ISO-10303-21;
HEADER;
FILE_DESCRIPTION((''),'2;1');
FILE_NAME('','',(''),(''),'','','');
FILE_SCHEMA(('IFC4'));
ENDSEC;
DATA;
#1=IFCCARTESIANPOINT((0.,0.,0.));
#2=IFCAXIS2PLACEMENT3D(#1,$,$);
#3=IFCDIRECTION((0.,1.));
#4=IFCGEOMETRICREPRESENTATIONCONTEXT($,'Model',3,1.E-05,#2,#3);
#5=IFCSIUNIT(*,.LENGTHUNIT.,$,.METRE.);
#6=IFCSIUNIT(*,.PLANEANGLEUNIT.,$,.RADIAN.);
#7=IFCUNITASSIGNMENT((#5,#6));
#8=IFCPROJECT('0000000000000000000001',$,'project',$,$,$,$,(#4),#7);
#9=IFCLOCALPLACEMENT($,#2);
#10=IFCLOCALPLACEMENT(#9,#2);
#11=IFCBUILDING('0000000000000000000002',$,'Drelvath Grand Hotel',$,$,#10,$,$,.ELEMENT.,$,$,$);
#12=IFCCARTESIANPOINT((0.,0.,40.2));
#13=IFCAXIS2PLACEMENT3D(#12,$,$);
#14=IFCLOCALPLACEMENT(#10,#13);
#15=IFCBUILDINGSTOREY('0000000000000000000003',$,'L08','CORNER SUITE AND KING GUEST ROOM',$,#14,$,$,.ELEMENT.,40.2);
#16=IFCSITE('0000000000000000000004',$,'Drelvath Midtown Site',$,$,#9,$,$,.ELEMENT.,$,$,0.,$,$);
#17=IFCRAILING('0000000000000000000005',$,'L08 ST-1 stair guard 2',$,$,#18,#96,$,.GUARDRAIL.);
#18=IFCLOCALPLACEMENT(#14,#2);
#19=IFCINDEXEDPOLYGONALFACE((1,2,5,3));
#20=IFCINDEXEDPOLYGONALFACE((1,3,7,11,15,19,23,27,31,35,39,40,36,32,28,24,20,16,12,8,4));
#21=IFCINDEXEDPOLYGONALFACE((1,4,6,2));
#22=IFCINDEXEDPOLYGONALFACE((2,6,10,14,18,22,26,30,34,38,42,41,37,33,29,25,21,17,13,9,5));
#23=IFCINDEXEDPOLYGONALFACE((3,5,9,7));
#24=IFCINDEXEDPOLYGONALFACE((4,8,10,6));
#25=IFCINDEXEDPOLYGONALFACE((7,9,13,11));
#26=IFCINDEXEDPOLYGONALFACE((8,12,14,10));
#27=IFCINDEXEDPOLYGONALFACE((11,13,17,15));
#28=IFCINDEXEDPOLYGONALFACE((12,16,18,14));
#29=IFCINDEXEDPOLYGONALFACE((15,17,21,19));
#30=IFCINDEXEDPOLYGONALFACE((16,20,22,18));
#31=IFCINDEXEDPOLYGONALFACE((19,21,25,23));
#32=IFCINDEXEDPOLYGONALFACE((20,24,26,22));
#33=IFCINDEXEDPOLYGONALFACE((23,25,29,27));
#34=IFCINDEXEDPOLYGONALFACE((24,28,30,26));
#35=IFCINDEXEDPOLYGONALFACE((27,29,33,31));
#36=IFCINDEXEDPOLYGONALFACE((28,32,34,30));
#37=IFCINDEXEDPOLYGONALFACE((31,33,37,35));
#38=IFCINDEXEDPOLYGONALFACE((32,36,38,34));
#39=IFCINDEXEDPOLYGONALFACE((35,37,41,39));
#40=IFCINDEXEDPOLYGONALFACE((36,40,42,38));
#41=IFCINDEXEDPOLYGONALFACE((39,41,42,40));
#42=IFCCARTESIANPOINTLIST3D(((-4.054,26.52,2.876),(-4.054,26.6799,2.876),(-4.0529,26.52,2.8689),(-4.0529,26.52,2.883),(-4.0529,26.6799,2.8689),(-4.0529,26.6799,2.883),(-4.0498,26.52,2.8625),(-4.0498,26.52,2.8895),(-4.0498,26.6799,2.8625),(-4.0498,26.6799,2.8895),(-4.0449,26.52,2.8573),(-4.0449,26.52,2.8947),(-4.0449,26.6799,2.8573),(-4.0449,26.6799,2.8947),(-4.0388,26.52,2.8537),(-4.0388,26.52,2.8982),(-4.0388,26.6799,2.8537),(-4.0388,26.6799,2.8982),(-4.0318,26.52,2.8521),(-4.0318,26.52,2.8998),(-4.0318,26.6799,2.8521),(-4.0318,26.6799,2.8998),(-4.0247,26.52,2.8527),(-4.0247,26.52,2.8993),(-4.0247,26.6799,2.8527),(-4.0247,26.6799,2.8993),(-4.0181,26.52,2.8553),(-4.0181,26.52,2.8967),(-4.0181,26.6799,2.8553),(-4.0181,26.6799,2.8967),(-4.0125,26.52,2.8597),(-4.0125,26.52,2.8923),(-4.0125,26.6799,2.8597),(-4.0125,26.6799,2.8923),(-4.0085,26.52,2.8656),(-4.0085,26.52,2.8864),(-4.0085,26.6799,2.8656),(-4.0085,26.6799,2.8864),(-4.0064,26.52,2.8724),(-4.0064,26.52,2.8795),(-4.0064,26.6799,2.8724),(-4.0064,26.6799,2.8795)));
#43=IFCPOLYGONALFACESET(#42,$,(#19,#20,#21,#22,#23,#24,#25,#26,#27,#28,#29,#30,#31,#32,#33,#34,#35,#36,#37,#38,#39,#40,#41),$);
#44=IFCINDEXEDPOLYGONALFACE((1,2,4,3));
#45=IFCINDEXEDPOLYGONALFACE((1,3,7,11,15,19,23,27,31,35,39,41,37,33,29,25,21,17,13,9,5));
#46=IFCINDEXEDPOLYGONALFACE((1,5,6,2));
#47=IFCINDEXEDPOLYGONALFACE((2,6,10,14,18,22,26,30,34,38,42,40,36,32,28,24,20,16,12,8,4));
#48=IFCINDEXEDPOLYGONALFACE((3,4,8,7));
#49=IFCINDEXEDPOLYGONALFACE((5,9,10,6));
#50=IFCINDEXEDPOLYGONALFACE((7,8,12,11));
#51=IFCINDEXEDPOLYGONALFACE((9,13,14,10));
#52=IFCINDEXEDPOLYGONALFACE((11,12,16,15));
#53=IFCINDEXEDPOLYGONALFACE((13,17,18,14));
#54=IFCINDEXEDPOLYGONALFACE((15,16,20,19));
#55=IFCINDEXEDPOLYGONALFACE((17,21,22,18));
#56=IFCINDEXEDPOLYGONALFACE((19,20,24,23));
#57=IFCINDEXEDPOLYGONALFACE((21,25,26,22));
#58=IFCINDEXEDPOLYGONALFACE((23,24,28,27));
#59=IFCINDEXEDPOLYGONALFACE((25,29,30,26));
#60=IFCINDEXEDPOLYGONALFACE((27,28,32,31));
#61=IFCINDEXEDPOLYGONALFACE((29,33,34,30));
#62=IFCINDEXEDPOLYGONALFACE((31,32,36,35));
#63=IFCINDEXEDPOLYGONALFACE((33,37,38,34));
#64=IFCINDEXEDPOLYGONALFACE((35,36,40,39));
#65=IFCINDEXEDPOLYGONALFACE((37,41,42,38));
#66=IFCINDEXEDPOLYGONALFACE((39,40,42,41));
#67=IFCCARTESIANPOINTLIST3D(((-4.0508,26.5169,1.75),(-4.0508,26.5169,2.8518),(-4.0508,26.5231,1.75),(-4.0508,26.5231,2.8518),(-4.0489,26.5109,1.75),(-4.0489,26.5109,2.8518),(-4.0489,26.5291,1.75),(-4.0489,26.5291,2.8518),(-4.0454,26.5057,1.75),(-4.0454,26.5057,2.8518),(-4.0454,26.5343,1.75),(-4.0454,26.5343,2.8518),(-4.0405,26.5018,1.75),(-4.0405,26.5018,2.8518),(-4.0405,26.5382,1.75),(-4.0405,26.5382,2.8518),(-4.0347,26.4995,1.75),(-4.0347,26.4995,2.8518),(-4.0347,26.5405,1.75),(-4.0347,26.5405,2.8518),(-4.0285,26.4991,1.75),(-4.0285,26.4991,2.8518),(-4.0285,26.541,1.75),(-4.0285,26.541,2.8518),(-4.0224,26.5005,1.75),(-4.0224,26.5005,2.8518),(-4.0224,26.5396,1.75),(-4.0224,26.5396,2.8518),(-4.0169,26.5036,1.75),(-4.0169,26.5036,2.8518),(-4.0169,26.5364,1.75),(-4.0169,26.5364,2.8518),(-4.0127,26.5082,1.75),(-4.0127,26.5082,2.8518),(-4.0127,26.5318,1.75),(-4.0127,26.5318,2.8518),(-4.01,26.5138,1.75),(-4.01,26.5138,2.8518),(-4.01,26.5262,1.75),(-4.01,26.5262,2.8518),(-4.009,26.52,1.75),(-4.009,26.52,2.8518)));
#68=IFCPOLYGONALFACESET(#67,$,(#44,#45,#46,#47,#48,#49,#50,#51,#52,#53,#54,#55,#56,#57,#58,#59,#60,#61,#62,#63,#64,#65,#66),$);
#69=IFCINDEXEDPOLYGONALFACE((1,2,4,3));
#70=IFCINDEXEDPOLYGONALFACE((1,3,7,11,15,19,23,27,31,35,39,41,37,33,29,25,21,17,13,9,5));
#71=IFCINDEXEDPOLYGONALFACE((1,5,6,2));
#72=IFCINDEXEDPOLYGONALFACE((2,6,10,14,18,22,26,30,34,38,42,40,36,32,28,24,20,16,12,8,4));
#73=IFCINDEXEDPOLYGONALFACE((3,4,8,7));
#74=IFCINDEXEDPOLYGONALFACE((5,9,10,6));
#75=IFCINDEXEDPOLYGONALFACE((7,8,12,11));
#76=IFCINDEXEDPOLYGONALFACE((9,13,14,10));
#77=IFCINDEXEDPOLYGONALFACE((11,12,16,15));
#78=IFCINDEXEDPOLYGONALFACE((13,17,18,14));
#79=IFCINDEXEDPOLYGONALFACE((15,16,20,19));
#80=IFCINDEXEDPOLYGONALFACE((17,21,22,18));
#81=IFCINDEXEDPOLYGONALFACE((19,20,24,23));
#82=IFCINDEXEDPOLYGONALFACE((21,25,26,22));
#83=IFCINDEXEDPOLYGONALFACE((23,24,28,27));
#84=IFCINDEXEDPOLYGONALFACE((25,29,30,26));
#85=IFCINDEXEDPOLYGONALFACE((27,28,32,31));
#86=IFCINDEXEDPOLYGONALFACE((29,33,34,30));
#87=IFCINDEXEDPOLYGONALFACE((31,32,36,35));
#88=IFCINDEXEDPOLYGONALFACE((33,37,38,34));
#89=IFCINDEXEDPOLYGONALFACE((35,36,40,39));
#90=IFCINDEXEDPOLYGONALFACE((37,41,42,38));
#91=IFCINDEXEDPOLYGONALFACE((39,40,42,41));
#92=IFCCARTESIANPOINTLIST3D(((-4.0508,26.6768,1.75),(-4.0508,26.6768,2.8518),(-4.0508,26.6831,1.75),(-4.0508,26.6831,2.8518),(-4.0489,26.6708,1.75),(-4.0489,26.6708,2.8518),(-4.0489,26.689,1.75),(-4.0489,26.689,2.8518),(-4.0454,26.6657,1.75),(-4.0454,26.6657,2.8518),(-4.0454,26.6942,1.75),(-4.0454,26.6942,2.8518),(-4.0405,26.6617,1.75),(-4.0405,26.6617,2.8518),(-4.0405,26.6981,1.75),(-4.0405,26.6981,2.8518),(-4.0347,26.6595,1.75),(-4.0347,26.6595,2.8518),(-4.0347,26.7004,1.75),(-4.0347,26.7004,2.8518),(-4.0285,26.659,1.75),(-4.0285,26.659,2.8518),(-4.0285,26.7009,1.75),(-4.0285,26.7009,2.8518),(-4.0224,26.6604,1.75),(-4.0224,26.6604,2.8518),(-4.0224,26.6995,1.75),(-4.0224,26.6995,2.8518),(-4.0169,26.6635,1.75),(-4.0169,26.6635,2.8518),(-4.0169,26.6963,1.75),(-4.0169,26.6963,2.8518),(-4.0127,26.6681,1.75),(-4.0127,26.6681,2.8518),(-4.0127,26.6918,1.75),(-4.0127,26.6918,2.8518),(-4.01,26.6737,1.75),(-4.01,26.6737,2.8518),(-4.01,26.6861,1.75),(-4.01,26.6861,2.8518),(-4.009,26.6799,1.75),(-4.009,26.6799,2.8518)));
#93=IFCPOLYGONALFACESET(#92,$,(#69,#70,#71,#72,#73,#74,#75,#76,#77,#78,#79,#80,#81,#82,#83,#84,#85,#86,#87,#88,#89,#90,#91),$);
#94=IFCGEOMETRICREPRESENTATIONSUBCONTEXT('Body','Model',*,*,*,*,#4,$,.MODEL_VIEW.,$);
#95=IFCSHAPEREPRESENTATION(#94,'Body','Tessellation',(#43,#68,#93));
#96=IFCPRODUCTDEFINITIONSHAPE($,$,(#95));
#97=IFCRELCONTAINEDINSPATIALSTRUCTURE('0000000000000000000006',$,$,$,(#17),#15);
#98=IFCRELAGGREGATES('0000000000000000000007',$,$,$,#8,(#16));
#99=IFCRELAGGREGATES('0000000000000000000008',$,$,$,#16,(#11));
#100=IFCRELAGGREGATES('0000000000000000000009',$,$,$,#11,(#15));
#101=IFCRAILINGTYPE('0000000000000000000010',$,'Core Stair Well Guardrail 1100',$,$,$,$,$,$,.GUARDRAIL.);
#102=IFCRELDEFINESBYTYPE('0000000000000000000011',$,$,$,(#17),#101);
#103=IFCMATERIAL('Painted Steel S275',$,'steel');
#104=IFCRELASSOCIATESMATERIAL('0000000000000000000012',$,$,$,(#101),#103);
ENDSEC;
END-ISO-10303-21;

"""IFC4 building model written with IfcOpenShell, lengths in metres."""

from ifc_helpers import new_model, si_unit, direction, frame, origin, origin_2d, place, context, subcontext, project, spatial, circle, extrude, material, type_object, element, save


model = new_model("IFC4")

# Units and contexts
model_context = context("Model", 3, precision=1e-05, world=origin(), true_north=direction((0.0, 1.0)))
body_context = subcontext(model_context, "Body", "Model", "MODEL_VIEW")
ifc_project = project(units=[si_unit("LENGTHUNIT", "METRE"), si_unit("PLANEANGLEUNIT", "RADIAN")], contexts=[model_context])

# Site, building, storey
site_placement = place(None, origin())
site = spatial("IfcSite", under=ifc_project, at=site_placement, Name="Drelvath Midtown Site", CompositionType="ELEMENT", RefElevation=0.0)
building_placement = place(site_placement, origin())
building = spatial("IfcBuilding", under=site, at=building_placement, Name="Drelvath Grand Hotel", CompositionType="ELEMENT")
storey_placement = place(building_placement, frame((0.0, 0.0, 40.2)))
storey = spatial("IfcBuildingStorey", under=building, at=storey_placement, Name="L08", Description="CORNER SUITE AND KING GUEST ROOM", CompositionType="ELEMENT", Elevation=40.2)

# Shared definitions
ifc_material_1 = material(Name="Painted Steel S275", Category="steel")

# Railing
railing_type_1 = type_object("IfcRailingType", Name="Core Stair Well Guardrail 1100", PredefinedType="GUARDRAIL", material=ifc_material_1)
railing_1_placement = place(storey_placement, frame((-4.03, 26.52, 1.75)))
element("IfcRailing", 1, at=railing_1_placement, inside=storey, type_object=railing_type_1, Name="L08 ST-1 stair guard 2", PredefinedType="GUARDRAIL", context=body_context, shape_type="SweptSolid", body=[
    extrude(circle(Radius=0.0239, at=origin_2d()), frame((0.0, 0.0, 1.126), z_axis=(0.0, 1.0, 0.0), x_axis=(-1.0, 0.0, 0.0)), (0.0, 0.0, 1.0), 0.1599),
    extrude(circle(Radius=0.021, at=origin_2d()), origin(), (0.0, 0.0, 1.0), 1.1018),
    extrude(circle(Radius=0.021, at=origin_2d()), frame((0.0, 0.1599, 0.0)), (0.0, 0.0, 1.0), 1.1018),
])

save(model, "model.ifc")
